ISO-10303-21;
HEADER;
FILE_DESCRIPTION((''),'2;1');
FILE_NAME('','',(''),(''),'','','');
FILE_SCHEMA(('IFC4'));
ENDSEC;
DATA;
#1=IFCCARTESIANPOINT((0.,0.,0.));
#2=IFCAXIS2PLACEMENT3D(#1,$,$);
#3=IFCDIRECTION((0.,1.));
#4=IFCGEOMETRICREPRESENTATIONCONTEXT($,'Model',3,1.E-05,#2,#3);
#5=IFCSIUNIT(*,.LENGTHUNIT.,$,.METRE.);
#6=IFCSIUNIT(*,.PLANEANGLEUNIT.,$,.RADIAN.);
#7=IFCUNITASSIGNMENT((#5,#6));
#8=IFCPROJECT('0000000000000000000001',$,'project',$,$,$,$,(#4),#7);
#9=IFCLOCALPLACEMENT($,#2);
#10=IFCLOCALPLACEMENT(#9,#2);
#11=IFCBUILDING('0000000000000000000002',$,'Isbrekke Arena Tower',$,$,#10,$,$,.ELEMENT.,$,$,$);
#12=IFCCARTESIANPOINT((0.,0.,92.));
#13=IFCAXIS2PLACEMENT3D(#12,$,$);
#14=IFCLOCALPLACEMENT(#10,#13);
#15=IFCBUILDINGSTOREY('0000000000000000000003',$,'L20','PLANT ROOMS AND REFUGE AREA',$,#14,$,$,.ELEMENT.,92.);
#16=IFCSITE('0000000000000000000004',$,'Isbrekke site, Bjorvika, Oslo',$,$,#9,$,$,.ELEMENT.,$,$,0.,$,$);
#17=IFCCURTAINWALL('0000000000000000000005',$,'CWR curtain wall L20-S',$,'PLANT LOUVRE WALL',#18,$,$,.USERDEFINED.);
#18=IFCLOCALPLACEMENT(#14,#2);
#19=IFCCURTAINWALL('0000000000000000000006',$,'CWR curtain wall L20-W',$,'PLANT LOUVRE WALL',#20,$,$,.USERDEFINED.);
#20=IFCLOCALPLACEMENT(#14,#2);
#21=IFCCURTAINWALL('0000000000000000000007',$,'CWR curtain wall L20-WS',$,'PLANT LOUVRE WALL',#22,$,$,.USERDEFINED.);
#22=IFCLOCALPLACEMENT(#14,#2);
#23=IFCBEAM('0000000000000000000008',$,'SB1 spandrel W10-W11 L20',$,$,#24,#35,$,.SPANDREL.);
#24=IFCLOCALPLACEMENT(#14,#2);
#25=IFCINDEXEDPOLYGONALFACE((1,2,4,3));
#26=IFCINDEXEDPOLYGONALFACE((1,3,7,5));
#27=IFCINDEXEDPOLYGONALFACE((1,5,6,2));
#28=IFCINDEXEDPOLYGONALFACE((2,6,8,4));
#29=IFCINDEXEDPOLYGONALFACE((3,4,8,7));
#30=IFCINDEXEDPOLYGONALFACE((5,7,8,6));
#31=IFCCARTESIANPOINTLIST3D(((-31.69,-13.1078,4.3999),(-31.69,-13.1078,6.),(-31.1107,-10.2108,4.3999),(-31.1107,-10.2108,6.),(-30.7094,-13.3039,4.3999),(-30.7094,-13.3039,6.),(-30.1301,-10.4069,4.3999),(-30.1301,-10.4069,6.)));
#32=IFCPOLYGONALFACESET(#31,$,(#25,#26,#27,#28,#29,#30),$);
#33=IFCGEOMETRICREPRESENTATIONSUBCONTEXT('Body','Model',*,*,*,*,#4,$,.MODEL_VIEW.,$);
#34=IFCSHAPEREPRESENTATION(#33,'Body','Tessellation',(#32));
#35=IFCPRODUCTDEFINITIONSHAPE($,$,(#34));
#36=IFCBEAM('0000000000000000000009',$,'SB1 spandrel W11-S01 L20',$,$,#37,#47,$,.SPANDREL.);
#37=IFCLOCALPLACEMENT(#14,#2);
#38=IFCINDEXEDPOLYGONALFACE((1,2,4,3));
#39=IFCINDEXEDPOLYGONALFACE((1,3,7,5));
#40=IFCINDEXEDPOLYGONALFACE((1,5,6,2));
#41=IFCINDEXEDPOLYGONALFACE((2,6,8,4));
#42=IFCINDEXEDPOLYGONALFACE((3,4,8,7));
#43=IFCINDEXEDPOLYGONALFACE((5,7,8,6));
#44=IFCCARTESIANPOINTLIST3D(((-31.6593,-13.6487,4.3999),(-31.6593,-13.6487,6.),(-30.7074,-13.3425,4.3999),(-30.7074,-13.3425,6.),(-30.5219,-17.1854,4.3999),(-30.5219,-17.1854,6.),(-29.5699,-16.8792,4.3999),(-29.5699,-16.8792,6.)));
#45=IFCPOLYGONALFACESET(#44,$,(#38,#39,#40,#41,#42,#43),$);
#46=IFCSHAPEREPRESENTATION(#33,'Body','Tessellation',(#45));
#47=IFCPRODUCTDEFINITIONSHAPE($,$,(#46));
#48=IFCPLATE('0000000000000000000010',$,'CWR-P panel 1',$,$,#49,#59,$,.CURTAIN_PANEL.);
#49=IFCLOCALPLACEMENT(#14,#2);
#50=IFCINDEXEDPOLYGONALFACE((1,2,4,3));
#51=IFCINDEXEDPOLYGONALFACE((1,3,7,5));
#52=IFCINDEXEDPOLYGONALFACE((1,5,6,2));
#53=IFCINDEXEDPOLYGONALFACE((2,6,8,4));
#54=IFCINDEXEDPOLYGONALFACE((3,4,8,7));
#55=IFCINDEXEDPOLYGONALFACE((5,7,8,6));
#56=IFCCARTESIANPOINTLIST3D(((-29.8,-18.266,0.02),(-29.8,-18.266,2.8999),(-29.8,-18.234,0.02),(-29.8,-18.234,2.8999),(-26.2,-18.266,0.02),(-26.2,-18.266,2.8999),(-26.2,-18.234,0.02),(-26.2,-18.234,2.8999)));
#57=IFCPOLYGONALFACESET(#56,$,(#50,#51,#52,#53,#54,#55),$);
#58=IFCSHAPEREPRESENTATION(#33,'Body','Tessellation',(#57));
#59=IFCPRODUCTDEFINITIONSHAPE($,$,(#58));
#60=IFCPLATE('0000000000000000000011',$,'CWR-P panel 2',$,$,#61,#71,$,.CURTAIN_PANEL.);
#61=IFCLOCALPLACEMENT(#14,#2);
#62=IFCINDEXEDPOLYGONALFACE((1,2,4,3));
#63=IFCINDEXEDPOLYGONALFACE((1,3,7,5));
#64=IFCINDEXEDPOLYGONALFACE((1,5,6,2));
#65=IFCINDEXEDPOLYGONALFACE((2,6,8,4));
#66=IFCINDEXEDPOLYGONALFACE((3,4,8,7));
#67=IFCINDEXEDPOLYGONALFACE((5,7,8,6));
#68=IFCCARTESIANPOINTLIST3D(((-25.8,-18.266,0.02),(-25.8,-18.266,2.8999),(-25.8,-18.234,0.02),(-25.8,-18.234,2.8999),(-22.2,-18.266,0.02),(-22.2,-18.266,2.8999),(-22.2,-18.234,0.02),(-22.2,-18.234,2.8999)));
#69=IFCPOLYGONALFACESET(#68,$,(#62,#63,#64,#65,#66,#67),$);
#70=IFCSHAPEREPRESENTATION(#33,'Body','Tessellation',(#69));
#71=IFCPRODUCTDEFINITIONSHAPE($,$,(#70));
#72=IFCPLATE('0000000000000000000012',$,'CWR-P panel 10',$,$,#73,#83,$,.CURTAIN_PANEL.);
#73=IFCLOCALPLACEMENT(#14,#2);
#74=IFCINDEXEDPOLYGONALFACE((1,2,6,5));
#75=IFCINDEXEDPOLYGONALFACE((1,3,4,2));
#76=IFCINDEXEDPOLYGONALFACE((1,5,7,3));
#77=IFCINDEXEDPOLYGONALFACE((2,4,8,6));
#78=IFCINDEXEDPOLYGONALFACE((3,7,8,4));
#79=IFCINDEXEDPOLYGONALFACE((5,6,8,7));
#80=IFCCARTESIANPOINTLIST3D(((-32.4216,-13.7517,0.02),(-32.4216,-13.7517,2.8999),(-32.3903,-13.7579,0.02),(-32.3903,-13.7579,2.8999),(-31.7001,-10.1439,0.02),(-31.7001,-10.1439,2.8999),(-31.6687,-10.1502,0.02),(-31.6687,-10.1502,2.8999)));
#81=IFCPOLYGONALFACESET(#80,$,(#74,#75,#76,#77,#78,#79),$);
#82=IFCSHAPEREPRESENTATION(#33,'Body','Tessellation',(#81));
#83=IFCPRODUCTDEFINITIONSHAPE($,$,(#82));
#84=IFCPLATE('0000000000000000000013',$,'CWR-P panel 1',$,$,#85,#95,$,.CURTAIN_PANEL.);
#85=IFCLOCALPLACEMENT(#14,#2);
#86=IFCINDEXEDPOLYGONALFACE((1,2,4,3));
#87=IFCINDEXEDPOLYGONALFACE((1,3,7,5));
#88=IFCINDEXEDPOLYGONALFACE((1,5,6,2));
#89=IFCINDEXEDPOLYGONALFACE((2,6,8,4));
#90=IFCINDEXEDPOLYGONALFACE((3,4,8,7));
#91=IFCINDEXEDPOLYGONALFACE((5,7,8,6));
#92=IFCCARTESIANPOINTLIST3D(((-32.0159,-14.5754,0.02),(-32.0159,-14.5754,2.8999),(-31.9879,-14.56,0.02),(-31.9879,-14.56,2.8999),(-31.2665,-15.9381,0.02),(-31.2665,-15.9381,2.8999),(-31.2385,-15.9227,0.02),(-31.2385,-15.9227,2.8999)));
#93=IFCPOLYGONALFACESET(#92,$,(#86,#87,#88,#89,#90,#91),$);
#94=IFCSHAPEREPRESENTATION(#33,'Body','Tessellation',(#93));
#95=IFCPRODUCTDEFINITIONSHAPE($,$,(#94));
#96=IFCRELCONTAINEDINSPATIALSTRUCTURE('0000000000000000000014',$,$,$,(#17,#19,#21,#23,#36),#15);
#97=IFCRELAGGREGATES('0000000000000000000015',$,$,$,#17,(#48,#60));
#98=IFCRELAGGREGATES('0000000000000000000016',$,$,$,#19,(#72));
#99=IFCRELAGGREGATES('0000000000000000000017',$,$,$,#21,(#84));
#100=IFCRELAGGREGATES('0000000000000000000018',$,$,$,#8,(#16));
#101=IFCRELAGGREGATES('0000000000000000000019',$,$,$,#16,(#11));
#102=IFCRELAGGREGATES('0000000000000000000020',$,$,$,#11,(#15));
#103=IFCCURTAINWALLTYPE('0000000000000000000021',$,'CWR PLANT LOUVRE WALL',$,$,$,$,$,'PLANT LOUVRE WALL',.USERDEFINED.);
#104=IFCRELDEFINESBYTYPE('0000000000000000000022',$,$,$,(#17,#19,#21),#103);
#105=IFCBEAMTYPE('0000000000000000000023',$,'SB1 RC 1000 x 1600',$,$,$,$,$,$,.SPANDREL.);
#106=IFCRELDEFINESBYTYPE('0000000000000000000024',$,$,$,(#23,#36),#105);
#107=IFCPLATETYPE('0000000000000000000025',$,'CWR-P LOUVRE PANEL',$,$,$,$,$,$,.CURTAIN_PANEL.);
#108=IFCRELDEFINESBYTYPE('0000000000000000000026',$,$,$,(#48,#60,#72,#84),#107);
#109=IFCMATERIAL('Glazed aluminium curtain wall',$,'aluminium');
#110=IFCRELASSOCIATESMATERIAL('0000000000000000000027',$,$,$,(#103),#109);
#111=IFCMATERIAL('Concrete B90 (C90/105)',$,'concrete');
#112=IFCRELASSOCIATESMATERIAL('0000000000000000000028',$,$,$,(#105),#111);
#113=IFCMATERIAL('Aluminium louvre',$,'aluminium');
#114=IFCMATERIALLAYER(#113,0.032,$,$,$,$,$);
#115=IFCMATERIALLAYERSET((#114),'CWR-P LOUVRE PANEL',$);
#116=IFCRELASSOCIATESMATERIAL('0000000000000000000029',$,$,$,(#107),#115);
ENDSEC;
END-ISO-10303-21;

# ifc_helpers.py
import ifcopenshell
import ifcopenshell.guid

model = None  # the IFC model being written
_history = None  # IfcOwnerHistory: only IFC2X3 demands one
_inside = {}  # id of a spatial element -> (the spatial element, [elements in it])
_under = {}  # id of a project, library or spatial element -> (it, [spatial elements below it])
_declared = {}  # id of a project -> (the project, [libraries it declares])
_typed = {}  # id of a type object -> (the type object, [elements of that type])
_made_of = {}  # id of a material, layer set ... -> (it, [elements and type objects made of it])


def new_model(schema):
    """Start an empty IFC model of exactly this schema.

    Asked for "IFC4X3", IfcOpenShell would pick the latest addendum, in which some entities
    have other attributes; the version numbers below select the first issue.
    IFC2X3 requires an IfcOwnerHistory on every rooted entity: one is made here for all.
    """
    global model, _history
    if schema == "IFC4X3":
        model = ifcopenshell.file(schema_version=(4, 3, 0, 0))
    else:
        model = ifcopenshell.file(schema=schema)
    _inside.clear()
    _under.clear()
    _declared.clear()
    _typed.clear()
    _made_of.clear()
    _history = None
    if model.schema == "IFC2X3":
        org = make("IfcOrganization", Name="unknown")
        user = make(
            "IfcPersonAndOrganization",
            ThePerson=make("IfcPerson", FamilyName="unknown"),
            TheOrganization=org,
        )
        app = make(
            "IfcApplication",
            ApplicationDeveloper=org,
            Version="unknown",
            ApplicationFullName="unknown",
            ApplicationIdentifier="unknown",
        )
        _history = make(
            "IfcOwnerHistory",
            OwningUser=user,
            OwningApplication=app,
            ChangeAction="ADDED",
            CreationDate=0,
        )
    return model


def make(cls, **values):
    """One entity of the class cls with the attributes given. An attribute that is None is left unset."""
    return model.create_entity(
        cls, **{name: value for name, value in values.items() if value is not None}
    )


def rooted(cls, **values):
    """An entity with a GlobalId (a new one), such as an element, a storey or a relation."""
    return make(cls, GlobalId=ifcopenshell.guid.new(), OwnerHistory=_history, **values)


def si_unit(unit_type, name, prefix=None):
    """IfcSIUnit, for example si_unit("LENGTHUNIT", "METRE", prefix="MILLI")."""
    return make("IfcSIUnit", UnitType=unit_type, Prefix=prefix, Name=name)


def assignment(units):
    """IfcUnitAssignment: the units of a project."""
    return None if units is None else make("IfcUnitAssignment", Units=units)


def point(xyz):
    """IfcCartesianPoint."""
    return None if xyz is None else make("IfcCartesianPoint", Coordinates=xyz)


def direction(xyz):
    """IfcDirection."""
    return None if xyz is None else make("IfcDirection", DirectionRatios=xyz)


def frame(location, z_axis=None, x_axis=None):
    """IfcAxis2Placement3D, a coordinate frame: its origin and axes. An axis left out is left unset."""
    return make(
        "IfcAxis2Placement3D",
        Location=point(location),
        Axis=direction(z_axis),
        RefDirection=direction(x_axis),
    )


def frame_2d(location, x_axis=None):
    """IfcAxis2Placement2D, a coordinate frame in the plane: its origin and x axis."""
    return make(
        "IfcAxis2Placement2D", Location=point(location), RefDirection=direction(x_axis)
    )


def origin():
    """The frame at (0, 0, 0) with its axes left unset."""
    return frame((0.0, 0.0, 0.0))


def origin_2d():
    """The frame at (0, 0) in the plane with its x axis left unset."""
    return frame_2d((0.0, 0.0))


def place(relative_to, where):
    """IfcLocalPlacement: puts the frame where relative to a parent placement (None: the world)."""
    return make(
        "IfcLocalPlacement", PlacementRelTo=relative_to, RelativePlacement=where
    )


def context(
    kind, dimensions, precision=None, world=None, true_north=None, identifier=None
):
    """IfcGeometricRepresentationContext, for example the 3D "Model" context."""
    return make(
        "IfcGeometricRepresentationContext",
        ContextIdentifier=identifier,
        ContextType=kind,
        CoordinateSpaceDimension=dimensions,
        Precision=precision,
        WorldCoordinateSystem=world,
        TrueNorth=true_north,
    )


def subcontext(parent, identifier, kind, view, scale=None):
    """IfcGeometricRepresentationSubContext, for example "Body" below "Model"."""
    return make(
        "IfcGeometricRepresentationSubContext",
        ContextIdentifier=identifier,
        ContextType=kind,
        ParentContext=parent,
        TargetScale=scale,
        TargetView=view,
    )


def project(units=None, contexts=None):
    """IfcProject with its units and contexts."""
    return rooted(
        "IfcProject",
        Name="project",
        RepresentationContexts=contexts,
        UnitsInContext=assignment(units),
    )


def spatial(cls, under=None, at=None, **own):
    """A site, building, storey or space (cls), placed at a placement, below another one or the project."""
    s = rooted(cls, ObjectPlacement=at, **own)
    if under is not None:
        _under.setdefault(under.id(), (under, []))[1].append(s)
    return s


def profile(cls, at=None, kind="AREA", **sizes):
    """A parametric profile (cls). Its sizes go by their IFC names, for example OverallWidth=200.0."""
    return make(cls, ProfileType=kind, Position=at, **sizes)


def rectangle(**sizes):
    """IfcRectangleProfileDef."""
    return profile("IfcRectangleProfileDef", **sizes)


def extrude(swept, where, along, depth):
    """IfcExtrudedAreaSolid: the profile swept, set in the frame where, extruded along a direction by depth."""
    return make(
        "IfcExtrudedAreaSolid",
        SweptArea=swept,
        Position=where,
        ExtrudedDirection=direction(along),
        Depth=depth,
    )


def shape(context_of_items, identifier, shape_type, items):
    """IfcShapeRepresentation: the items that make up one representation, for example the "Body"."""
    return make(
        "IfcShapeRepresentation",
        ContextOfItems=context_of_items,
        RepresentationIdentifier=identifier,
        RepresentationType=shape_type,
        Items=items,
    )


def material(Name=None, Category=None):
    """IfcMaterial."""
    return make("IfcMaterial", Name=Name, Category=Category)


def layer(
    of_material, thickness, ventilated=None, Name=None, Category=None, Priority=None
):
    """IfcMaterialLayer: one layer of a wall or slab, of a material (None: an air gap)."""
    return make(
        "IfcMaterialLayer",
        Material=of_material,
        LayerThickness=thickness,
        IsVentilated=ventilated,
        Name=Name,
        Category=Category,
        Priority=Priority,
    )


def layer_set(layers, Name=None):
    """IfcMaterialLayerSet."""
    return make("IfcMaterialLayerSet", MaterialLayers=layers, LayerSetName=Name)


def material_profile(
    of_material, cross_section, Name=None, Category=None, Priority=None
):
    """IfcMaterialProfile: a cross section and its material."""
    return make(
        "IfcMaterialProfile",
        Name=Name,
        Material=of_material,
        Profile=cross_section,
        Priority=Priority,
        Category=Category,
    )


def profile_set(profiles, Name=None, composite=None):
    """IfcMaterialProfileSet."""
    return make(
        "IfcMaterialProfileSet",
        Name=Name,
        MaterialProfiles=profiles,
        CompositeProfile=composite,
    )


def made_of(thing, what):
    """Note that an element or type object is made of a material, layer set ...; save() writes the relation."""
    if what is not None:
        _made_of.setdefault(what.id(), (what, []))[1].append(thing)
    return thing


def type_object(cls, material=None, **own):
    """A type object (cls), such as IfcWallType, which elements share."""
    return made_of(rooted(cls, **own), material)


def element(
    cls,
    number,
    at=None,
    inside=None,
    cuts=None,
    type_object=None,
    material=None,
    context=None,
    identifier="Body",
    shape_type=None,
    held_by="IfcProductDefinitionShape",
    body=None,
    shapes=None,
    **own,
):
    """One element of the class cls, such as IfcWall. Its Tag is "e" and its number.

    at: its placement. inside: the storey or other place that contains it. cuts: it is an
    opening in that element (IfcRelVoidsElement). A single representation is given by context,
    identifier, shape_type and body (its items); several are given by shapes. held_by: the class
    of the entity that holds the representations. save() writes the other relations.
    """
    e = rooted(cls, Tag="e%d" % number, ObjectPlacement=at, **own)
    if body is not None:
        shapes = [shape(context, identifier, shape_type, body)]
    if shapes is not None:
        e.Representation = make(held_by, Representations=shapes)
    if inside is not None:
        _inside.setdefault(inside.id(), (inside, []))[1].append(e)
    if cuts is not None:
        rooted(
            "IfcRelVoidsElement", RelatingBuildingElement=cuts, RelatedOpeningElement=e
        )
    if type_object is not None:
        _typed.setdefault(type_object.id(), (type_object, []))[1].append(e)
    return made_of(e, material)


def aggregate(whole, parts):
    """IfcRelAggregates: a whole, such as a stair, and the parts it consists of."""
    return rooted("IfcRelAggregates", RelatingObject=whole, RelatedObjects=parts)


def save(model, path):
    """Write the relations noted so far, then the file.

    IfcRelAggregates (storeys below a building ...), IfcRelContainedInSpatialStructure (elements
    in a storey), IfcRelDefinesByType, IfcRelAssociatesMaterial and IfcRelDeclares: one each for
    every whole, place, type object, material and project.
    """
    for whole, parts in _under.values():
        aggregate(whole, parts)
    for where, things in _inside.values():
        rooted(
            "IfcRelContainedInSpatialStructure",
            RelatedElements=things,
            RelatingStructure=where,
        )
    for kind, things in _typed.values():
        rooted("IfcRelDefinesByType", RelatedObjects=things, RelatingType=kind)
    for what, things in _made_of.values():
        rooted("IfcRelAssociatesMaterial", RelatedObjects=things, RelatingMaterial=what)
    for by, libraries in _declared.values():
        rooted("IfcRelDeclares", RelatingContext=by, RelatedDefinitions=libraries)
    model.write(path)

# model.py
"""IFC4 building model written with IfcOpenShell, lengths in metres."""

from ifc_helpers import new_model, si_unit, direction, frame, origin, origin_2d, place, context, subcontext, project, spatial, rectangle, extrude, material, layer, layer_set, material_profile, profile_set, type_object, element, aggregate, save


model = new_model("IFC4")

# Units and contexts
model_context = context("Model", 3, precision=1e-05, world=origin(), true_north=direction((0.0, 1.0)))
body_context = subcontext(model_context, "Body", "Model", "MODEL_VIEW")
ifc_project = project(units=[si_unit("LENGTHUNIT", "METRE"), si_unit("PLANEANGLEUNIT", "RADIAN")], contexts=[model_context])

# Site, building, storey
site_placement = place(None, origin())
site = spatial("IfcSite", under=ifc_project, at=site_placement, Name="Isbrekke site, Bjorvika, Oslo", CompositionType="ELEMENT", RefElevation=0.0)
building_placement = place(site_placement, origin())
building = spatial("IfcBuilding", under=site, at=building_placement, Name="Isbrekke Arena Tower", CompositionType="ELEMENT")
storey_placement = place(building_placement, frame((0.0, 0.0, 92.0)))
storey = spatial("IfcBuildingStorey", under=building, at=storey_placement, Name="L20", Description="PLANT ROOMS AND REFUGE AREA", CompositionType="ELEMENT", Elevation=92.0)

# Curtain wall
ifc_material_1 = material(Name="Glazed aluminium curtain wall", Category="aluminium")
curtain_wall_type = type_object("IfcCurtainWallType", Name="CWR PLANT LOUVRE WALL", ElementType="PLANT LOUVRE WALL", PredefinedType="USERDEFINED", material=ifc_material_1)
curtain_wall_1_placement = place(storey_placement, origin())
curtain_wall_1 = element("IfcCurtainWall", 1, at=curtain_wall_1_placement, inside=storey, type_object=curtain_wall_type, Name="CWR curtain wall L20-S", ObjectType="PLANT LOUVRE WALL", PredefinedType="USERDEFINED")

# Curtain wall
curtain_wall_2_placement = place(storey_placement, origin())
curtain_wall_2 = element("IfcCurtainWall", 2, at=curtain_wall_2_placement, inside=storey, type_object=curtain_wall_type, Name="CWR curtain wall L20-W", ObjectType="PLANT LOUVRE WALL", PredefinedType="USERDEFINED")

# Curtain wall
curtain_wall_3_placement = place(storey_placement, origin())
curtain_wall_3 = element("IfcCurtainWall", 3, at=curtain_wall_3_placement, inside=storey, type_object=curtain_wall_type, Name="CWR curtain wall L20-WS", ObjectType="PLANT LOUVRE WALL", PredefinedType="USERDEFINED")

# Beams
ifc_material_2 = material(Name="Concrete B90 (C90/105)", Category="concrete")
ifc_material_profile_1 = material_profile(ifc_material_2, rectangle(XDim=1.0, YDim=1.6001, at=origin_2d()), Name="RC 1000x1600")
ifc_profile_set_1 = profile_set([ifc_material_profile_1], Name="Concrete B90 (C90/105)")
beam_type_1 = type_object("IfcBeamType", Name="SB1 RC 1000 x 1600", PredefinedType="SPANDREL", material=ifc_profile_set_1)
beam_1_placement = place(storey_placement, frame((-30.6204, -10.3088, 5.2), z_axis=(-0.1961, -0.980584, 0.0), x_axis=(0.980584, -0.1961, 0.0)))
element("IfcBeam", 4, at=beam_1_placement, inside=storey, type_object=beam_type_1, Name="SB1 spandrel W10-W11 L20", PredefinedType="SPANDREL", context=body_context, shape_type="SweptSolid", body=[
    extrude(rectangle(XDim=1.0, YDim=1.6001, at=origin_2d()), origin(), (0.0, 0.0, 1.0), 2.9543),
])
beam_2_placement = place(storey_placement, frame((-31.1833, -13.4956, 5.2), z_axis=(0.306175, -0.951975, 0.0), x_axis=(0.951975, 0.306175, 0.0)))
element("IfcBeam", 5, at=beam_2_placement, inside=storey, type_object=beam_type_1, Name="SB1 spandrel W11-S01 L20", PredefinedType="SPANDREL", context=body_context, shape_type="SweptSolid", body=[
    extrude(rectangle(XDim=1.0, YDim=1.6001, at=origin_2d()), origin(), (0.0, 0.0, 1.0), 3.7151),
])

# Plates
ifc_material_3 = material(Name="Aluminium louvre", Category="aluminium")
ifc_layer = layer(ifc_material_3, 0.032)
ifc_layer_set = layer_set([ifc_layer], Name="CWR-P LOUVRE PANEL")
plate_type = type_object("IfcPlateType", Name="CWR-P LOUVRE PANEL", PredefinedType="CURTAIN_PANEL", material=ifc_layer_set)
plate_1_placement = place(storey_placement, frame((-28.0, -18.25, 0.02), z_axis=(0.0, 0.0, 1.0), x_axis=(1.0, 0.0, 0.0)))
plate_1 = element("IfcPlate", 6, at=plate_1_placement, type_object=plate_type, Name="CWR-P panel 1", PredefinedType="CURTAIN_PANEL", context=body_context, shape_type="SweptSolid", body=[
    extrude(rectangle(XDim=3.6001, YDim=0.032, at=origin_2d()), origin(), (0.0, 0.0, 1.0), 2.8799),
])
plate_2_placement = place(storey_placement, frame((-24.0, -18.25, 0.02), z_axis=(0.0, 0.0, 1.0), x_axis=(1.0, 0.0, 0.0)))
plate_2 = element("IfcPlate", 7, at=plate_2_placement, type_object=plate_type, Name="CWR-P panel 2", PredefinedType="CURTAIN_PANEL", context=body_context, shape_type="SweptSolid", body=[
    extrude(rectangle(XDim=3.6001, YDim=0.032, at=origin_2d()), origin(), (0.0, 0.0, 1.0), 2.8799),
])
aggregate(curtain_wall_1, [plate_1, plate_2])
plate_3_placement = place(storey_placement, frame((-32.0452, -11.9509, 0.02), z_axis=(0.0, 0.0, 1.0), x_axis=(-0.196116, -0.980581, 0.0)))
plate_3 = element("IfcPlate", 8, at=plate_3_placement, type_object=plate_type, Name="CWR-P panel 10", PredefinedType="CURTAIN_PANEL", context=body_context, shape_type="SweptSolid", body=[
    extrude(rectangle(XDim=3.6792, YDim=0.032, at=origin_2d()), origin(), (0.0, 0.0, 1.0), 2.8799),
])
aggregate(curtain_wall_2, [plate_3])
plate_4_placement = place(storey_placement, frame((-31.6272, -15.249, 0.02), z_axis=(0.0, 0.0, 1.0), x_axis=(0.481919, -0.876216, 0.0)))
plate_4 = element("IfcPlate", 9, at=plate_4_placement, type_object=plate_type, Name="CWR-P panel 1", PredefinedType="CURTAIN_PANEL", context=body_context, shape_type="SweptSolid", body=[
    extrude(rectangle(XDim=1.5552, YDim=0.032, at=origin_2d()), origin(), (0.0, 0.0, 1.0), 2.8799),
])
aggregate(curtain_wall_3, [plate_4])

save(model, "model.ifc")
